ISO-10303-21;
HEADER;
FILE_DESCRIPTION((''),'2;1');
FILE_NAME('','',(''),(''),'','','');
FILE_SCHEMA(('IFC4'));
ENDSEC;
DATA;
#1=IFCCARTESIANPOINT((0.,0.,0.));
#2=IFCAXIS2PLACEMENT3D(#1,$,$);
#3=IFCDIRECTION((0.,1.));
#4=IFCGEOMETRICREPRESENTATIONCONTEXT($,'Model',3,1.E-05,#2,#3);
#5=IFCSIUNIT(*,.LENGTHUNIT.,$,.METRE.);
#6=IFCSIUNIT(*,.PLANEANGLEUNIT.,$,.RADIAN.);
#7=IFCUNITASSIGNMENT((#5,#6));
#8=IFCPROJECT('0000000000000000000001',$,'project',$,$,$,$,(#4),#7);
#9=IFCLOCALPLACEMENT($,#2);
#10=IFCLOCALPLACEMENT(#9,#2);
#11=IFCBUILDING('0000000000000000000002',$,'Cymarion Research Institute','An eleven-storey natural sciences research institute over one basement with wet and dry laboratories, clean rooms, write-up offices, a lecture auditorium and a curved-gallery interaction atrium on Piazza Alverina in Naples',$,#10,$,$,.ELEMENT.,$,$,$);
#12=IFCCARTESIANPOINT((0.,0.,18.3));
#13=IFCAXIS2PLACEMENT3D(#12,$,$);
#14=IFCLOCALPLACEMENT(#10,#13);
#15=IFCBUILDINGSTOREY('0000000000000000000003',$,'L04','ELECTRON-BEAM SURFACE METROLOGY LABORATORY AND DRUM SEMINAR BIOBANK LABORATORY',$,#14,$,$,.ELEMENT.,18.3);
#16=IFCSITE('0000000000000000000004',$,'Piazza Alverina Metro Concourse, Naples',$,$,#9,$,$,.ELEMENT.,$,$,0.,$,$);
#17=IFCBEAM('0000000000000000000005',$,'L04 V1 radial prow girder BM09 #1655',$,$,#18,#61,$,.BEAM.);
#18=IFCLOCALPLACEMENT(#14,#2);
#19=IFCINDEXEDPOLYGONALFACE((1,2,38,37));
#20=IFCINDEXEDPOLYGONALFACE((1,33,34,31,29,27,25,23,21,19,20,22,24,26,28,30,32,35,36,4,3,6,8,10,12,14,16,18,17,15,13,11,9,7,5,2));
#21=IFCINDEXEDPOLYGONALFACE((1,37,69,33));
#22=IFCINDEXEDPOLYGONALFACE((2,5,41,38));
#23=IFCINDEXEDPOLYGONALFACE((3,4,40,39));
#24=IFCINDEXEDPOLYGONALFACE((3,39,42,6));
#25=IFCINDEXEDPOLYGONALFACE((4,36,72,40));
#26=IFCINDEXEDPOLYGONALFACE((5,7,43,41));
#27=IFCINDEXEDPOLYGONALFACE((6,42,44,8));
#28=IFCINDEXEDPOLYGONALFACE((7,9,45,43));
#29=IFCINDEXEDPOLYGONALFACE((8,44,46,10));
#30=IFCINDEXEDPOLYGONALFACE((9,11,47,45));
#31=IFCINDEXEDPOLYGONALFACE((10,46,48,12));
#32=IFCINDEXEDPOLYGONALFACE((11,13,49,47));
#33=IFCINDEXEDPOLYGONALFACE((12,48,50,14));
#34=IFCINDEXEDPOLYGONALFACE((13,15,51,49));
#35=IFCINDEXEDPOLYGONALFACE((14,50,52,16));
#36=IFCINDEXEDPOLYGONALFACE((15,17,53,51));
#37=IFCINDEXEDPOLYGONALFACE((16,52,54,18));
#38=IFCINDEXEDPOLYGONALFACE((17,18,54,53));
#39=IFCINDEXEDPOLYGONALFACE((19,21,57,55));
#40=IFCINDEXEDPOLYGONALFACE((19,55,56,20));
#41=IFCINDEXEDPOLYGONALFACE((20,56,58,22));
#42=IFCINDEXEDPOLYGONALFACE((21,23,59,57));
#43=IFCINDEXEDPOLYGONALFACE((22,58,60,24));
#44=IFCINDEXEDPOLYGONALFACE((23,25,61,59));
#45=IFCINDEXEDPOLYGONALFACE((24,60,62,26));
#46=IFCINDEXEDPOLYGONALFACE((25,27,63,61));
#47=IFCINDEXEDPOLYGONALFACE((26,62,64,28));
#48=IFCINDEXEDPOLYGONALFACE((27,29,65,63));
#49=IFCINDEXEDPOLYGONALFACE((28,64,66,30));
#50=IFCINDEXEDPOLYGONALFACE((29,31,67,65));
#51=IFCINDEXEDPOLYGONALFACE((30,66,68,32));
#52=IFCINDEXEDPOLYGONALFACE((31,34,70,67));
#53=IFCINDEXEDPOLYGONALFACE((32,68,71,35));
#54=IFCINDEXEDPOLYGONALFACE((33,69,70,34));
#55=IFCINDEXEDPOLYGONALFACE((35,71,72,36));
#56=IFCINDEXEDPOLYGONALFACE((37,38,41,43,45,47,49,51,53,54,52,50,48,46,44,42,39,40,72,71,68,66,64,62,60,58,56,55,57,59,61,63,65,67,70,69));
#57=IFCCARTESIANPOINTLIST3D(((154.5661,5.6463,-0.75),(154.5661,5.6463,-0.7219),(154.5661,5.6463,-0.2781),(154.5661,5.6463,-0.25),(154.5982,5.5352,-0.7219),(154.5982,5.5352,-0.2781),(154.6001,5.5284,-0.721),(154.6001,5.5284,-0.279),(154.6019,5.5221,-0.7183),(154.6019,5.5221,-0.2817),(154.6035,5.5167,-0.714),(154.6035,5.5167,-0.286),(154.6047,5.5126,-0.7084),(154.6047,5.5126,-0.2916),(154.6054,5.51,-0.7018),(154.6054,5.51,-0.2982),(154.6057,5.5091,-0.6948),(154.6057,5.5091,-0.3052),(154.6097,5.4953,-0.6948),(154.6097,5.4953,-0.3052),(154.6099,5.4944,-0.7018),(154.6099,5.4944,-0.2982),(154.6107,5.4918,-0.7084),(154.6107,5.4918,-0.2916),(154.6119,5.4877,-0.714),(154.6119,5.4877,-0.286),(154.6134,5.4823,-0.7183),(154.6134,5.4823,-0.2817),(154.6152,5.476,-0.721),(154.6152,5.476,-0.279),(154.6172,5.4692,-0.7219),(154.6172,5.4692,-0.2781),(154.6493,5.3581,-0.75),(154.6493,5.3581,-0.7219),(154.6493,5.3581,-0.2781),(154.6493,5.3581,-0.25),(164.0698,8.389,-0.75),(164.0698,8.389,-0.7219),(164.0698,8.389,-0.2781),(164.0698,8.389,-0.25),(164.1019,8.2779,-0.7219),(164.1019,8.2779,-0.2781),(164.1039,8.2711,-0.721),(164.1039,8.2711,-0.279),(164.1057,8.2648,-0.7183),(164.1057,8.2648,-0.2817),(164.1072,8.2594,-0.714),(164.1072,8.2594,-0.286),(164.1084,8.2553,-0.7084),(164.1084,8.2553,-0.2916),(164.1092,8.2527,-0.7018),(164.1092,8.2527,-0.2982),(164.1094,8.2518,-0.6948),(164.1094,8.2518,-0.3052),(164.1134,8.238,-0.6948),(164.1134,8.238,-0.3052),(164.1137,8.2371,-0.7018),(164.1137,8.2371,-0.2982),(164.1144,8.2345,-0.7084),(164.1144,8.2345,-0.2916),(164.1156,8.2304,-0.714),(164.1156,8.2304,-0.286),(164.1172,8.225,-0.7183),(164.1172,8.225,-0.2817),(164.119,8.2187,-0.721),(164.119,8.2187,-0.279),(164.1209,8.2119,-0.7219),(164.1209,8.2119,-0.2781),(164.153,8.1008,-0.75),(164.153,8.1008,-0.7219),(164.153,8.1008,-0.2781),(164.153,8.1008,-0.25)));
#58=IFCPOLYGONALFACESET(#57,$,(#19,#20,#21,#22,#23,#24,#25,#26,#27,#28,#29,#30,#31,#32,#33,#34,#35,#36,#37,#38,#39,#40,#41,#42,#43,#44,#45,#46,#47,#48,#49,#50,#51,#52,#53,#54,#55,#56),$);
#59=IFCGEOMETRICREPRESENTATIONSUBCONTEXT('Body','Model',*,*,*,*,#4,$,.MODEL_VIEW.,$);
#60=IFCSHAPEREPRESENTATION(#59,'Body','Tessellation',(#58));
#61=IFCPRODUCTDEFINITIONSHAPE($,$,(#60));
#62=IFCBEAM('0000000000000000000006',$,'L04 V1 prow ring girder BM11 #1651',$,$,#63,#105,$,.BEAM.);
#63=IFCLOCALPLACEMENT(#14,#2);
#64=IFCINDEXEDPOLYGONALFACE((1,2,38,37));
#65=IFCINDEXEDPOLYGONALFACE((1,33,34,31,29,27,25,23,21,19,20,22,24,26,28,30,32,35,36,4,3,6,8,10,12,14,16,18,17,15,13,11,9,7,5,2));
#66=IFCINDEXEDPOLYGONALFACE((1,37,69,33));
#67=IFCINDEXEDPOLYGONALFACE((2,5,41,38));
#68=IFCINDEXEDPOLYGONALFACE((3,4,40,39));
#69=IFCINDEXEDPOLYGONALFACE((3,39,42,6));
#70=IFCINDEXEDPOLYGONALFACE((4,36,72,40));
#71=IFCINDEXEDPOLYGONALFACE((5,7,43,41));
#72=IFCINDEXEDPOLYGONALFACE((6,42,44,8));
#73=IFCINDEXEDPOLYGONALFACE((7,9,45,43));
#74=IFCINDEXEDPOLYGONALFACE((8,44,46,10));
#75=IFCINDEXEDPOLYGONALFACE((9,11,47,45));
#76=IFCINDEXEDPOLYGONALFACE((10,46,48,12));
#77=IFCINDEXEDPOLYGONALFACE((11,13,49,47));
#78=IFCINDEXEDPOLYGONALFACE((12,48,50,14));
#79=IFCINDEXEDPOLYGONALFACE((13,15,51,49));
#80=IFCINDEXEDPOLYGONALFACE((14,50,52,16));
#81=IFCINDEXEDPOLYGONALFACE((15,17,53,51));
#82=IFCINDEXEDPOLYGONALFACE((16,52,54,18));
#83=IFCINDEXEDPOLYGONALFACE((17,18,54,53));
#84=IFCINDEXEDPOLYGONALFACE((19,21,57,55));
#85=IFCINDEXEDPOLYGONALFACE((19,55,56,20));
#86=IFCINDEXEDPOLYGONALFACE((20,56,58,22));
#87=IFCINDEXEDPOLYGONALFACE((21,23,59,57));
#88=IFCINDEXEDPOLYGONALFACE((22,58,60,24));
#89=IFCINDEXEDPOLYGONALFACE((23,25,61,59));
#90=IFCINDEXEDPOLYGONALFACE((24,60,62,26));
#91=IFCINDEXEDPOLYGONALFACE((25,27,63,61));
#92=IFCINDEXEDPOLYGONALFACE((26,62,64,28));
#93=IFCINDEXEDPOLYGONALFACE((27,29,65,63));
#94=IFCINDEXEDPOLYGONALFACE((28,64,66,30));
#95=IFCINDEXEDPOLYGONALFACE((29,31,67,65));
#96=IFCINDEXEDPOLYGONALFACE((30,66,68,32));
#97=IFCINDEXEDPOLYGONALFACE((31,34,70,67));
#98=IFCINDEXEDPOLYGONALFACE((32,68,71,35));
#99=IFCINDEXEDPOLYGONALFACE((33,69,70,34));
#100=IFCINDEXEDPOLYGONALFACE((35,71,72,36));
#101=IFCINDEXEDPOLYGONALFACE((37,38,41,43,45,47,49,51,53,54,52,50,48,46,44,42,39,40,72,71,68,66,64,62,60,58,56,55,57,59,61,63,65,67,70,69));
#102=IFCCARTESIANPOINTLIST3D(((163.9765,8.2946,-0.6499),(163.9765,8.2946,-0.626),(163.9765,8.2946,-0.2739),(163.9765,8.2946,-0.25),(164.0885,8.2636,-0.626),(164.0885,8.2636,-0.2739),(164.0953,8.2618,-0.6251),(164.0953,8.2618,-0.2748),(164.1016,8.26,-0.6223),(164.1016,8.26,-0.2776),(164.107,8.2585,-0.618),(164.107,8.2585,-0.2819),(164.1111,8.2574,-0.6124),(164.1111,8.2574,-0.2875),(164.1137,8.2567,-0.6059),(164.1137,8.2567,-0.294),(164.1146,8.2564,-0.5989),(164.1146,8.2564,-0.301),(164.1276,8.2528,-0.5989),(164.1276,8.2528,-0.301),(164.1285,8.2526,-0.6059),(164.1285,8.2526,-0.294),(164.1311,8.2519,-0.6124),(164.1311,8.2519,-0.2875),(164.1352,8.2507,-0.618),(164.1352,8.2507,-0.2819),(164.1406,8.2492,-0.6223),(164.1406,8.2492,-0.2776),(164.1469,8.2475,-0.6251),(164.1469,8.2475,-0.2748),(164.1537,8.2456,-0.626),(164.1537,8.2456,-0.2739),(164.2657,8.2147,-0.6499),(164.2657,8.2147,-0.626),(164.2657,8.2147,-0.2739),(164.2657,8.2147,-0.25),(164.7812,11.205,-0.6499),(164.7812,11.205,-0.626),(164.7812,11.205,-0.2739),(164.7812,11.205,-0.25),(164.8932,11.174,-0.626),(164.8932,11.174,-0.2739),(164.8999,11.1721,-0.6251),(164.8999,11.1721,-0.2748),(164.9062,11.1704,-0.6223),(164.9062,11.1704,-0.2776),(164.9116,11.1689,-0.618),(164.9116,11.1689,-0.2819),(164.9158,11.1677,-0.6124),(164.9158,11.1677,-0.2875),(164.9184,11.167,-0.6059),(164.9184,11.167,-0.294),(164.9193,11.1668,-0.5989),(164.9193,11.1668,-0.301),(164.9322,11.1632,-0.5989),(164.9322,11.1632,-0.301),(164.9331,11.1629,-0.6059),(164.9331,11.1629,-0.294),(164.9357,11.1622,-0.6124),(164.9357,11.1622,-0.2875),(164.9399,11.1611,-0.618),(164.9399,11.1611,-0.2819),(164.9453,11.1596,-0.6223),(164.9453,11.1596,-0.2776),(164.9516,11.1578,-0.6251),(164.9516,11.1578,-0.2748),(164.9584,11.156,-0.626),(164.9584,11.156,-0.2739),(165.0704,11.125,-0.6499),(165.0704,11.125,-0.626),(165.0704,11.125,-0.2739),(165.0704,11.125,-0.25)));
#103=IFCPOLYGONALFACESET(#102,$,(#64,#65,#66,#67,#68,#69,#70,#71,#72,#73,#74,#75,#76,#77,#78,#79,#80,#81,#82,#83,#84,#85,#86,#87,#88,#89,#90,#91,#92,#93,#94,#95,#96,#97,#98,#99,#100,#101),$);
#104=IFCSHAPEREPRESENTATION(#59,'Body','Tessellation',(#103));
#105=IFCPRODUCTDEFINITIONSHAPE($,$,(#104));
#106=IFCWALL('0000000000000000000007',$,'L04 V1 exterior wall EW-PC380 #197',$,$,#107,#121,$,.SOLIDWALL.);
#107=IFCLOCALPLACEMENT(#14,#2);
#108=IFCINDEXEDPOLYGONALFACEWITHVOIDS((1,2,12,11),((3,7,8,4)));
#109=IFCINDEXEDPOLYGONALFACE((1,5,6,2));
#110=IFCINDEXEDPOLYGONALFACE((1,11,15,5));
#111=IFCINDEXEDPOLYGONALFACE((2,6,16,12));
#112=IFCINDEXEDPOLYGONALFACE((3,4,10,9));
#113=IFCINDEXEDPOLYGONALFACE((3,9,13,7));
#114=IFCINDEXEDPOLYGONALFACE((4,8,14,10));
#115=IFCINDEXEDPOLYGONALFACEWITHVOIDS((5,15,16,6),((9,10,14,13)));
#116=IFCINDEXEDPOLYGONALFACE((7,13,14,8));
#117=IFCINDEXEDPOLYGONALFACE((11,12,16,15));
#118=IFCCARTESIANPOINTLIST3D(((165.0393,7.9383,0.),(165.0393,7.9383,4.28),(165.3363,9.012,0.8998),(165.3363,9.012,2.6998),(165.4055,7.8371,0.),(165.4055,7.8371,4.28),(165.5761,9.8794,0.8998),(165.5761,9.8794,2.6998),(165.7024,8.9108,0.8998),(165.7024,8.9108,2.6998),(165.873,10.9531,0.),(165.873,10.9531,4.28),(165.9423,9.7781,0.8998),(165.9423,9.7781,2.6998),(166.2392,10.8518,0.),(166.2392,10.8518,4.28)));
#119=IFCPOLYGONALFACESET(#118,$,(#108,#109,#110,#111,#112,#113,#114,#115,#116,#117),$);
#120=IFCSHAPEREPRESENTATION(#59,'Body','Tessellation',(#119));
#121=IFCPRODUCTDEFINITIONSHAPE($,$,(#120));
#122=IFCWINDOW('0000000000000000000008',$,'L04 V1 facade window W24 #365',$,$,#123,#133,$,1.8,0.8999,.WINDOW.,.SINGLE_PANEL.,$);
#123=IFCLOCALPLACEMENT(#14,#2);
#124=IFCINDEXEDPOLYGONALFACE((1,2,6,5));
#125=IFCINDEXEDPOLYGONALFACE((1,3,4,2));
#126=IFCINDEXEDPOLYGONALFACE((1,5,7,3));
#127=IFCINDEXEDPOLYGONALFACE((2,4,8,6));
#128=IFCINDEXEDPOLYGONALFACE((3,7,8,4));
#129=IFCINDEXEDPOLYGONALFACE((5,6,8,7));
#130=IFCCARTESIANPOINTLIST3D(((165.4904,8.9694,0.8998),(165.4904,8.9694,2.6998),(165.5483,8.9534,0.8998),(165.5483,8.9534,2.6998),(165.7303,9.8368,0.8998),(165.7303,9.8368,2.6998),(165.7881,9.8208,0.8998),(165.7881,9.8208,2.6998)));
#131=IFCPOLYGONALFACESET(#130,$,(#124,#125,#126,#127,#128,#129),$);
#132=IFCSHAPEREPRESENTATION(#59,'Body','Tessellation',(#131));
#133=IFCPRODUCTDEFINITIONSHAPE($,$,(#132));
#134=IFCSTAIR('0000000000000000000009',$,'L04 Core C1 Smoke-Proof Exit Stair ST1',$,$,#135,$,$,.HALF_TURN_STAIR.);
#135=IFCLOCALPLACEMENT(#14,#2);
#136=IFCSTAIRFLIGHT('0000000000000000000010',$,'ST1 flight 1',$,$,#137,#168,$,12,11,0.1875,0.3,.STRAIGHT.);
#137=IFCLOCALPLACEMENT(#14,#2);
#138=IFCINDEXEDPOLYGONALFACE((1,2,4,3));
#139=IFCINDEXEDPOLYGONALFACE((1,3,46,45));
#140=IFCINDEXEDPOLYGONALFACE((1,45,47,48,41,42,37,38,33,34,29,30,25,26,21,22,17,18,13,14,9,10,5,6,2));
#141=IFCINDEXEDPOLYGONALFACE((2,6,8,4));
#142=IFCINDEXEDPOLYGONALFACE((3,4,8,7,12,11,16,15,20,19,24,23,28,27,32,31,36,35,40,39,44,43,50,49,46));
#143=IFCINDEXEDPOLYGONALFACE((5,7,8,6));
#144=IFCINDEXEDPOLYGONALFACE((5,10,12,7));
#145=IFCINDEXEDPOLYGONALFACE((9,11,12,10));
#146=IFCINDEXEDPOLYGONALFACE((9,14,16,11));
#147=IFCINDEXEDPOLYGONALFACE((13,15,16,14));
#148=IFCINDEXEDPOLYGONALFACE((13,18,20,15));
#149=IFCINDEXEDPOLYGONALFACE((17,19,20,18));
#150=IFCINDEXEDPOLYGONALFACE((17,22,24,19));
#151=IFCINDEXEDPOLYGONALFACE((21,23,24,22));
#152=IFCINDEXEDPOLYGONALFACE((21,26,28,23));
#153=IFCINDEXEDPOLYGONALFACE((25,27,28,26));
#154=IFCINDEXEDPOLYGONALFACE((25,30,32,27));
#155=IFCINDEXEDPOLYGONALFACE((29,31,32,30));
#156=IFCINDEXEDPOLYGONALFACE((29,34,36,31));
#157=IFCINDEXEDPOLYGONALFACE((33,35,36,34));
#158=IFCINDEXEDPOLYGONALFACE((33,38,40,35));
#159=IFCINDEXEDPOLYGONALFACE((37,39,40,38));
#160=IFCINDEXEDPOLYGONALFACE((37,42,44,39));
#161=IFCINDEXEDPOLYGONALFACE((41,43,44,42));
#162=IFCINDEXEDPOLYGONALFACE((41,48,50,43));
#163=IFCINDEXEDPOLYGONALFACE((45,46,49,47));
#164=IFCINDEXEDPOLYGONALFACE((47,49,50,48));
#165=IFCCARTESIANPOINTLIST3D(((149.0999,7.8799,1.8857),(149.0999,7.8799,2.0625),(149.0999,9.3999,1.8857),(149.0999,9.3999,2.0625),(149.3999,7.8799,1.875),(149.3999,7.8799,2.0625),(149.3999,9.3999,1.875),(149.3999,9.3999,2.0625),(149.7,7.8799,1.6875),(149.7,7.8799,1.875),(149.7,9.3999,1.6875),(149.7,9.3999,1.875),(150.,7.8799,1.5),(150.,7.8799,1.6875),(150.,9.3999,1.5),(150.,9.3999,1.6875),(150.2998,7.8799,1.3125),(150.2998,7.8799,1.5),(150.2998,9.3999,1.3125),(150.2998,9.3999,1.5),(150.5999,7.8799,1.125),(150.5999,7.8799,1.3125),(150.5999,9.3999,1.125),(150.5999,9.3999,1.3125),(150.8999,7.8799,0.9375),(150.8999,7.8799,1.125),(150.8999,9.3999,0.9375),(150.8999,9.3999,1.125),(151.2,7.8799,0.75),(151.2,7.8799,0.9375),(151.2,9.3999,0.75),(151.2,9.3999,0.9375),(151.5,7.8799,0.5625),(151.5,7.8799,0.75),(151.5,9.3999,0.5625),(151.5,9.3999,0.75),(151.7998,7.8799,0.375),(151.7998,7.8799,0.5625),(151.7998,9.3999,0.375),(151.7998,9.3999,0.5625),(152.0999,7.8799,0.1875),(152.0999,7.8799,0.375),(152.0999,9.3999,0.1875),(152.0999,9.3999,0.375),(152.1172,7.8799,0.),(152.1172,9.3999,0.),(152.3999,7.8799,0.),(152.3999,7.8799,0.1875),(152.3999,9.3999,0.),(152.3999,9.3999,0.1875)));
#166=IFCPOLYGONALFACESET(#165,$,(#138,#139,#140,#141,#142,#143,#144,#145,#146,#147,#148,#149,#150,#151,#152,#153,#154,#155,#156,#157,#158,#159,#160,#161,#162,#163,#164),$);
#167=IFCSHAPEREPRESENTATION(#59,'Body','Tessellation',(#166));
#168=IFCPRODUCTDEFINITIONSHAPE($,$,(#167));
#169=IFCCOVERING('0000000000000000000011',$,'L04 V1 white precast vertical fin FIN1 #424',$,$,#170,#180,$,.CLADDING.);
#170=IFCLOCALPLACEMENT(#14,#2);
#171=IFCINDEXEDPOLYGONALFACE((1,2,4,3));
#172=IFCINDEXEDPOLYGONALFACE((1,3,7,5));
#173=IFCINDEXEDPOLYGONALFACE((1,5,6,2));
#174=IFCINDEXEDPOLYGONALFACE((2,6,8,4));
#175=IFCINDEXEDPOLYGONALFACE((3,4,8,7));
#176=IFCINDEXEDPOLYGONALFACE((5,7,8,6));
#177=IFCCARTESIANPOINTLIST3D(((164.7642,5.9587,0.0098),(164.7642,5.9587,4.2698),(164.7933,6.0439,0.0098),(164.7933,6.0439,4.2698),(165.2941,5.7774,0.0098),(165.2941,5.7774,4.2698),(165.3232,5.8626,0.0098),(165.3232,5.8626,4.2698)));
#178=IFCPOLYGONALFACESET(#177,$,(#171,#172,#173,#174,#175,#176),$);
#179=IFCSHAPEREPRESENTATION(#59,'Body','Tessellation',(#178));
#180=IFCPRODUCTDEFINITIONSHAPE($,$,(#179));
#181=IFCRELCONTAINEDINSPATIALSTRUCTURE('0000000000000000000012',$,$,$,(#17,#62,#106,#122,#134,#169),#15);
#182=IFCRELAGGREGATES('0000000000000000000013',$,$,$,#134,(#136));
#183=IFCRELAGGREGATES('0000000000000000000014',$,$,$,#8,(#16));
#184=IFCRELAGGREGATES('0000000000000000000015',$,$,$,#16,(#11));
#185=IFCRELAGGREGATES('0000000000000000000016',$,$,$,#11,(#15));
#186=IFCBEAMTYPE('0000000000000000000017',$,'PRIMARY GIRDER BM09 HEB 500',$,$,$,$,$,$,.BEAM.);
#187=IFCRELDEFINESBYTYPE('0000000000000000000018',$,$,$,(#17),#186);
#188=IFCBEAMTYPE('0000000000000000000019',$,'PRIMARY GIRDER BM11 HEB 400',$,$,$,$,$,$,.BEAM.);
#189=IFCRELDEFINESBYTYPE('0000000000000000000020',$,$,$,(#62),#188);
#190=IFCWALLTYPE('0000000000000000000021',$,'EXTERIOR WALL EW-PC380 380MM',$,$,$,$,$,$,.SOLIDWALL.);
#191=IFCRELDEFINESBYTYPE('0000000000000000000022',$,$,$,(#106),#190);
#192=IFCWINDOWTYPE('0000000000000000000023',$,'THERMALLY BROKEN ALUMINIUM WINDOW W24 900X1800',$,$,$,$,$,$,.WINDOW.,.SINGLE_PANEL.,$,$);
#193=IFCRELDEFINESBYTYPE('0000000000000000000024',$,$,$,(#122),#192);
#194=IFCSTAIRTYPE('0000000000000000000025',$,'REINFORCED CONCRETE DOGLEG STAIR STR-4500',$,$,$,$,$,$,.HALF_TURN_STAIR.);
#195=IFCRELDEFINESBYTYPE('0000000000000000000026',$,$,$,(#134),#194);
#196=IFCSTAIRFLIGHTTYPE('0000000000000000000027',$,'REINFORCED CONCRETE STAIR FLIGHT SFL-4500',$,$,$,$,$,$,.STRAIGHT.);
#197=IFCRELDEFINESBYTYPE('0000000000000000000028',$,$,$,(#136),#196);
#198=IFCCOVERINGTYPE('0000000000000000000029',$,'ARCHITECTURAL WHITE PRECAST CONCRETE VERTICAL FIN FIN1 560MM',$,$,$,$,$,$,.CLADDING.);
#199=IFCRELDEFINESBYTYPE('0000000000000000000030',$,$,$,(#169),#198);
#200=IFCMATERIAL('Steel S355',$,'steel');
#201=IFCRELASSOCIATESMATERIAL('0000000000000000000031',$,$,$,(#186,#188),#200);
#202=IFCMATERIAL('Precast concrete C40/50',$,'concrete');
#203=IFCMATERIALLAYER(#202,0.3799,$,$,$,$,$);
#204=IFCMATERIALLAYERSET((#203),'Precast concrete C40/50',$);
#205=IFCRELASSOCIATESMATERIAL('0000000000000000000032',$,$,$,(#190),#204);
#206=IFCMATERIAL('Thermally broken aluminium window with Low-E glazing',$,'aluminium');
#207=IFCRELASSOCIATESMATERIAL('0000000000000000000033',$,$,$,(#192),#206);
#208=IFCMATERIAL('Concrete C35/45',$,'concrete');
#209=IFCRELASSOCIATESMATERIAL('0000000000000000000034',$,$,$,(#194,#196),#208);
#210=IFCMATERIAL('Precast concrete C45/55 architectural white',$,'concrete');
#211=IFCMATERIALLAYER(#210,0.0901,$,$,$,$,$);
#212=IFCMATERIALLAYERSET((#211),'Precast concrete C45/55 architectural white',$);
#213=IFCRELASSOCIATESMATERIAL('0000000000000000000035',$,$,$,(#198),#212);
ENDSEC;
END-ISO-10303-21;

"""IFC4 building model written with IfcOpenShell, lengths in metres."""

from ifc_helpers import new_model, si_unit, direction, frame, frame_2d, origin, origin_2d, place, context, subcontext, project, spatial, polyline, rectangle, i_section, outline, extrude, material, layer, layer_set, material_profile, profile_set, type_object, element, fill, aggregate, save


model = new_model("IFC4")

# Units and contexts
model_context = context("Model", 3, precision=1e-05, world=origin(), true_north=direction((0.0, 1.0)))
body_context = subcontext(model_context, "Body", "Model", "MODEL_VIEW")
ifc_project = project(units=[si_unit("LENGTHUNIT", "METRE"), si_unit("PLANEANGLEUNIT", "RADIAN")], contexts=[model_context])

# Site, building, storey
site_placement = place(None, origin())
site = spatial("IfcSite", under=ifc_project, at=site_placement, Name="Piazza Alverina Metro Concourse, Naples", CompositionType="ELEMENT", RefElevation=0.0)
building_placement = place(site_placement, origin())
building = spatial("IfcBuilding", under=site, at=building_placement, Name="Cymarion Research Institute", Description="An eleven-storey natural sciences research institute over one basement with wet and dry laboratories, clean rooms, write-up offices, a lecture auditorium and a curved-gallery interaction atrium on Piazza Alverina in Naples", CompositionType="ELEMENT")
storey_placement = place(building_placement, frame((0.0, 0.0, 18.3)))
storey = spatial("IfcBuildingStorey", under=building, at=storey_placement, Name="L04", Description="ELECTRON-BEAM SURFACE METROLOGY LABORATORY AND DRUM SEMINAR BIOBANK LABORATORY", CompositionType="ELEMENT", Elevation=18.3)

# Shared definitions
ifc_material_1 = material(Name="Steel S355", Category="steel")

# Beams
ifc_material_profile_1 = material_profile(ifc_material_1, i_section(OverallWidth=0.3, OverallDepth=0.5, WebThickness=0.0144, FlangeThickness=0.0281, FilletRadius=0.0271, at=origin_2d()), Name="HEB 500")
ifc_profile_set_1 = profile_set([ifc_material_profile_1], Name="Steel S355")
beam_type_1 = type_object("IfcBeamType", Name="PRIMARY GIRDER BM09 HEB 500", PredefinedType="BEAM", material=ifc_profile_set_1)
beam_1_placement = place(storey_placement, frame((154.6077, 5.5022, -0.5), z_axis=(0.96079, 0.277276, 0.0), x_axis=(-0.277276, 0.96079, 0.0)))
element("IfcBeam", 1, at=beam_1_placement, inside=storey, type_object=beam_type_1, Name="L04 V1 radial prow girder BM09 #1655", PredefinedType="BEAM", context=body_context, shape_type="SweptSolid", body=[
    extrude(i_section(OverallWidth=0.3, OverallDepth=0.5, WebThickness=0.0144, FlangeThickness=0.0281, FilletRadius=0.0271, at=origin_2d()), origin(), (0.0, 0.0, 1.0), 9.8916),
])
ifc_material_profile_2 = material_profile(ifc_material_1, i_section(OverallWidth=0.3, OverallDepth=0.3999, WebThickness=0.0134, FlangeThickness=0.0239, FilletRadius=0.0271, at=origin_2d()), Name="HEB 400")
ifc_profile_set_2 = profile_set([ifc_material_profile_2], Name="Steel S355")
beam_type_2 = type_object("IfcBeamType", Name="PRIMARY GIRDER BM11 HEB 400", PredefinedType="BEAM", material=ifc_profile_set_2)
beam_2_placement = place(storey_placement, frame((164.1211, 8.2546, -0.45), z_axis=(0.266489, 0.963838, 0.0), x_axis=(-0.963838, 0.266489, 0.0)))
element("IfcBeam", 2, at=beam_2_placement, inside=storey, type_object=beam_type_2, Name="L04 V1 prow ring girder BM11 #1651", PredefinedType="BEAM", context=body_context, shape_type="SweptSolid", body=[
    extrude(i_section(OverallWidth=0.3, OverallDepth=0.3999, WebThickness=0.0134, FlangeThickness=0.0239, FilletRadius=0.0271, at=origin_2d()), origin(), (0.0, 0.0, 1.0), 3.0195),
])

# Wall, opening, window
ifc_material_2 = material(Name="Precast concrete C40/50", Category="concrete")
ifc_layer_1 = layer(ifc_material_2, 0.3799)
ifc_layer_set_1 = layer_set([ifc_layer_1], Name="Precast concrete C40/50")
wall_type_1 = type_object("IfcWallType", Name="EXTERIOR WALL EW-PC380 380MM", PredefinedType="SOLIDWALL", material=ifc_layer_set_1)
wall_1_placement = place(storey_placement, frame((165.2224, 7.8877, 0.0), z_axis=(0.0, 0.0, 1.0), x_axis=(0.266537, 0.963825, 0.0)))
wall_1 = element("IfcWall", 3, at=wall_1_placement, inside=storey, type_object=wall_type_1, Name="L04 V1 exterior wall EW-PC380 #197", PredefinedType="SOLIDWALL", context=body_context, shape_type="SweptSolid", body=[
    extrude(rectangle(XDim=3.1279, YDim=0.3799, at=frame_2d((1.564, 0.0))), origin(), (0.0, 0.0, 1.0), 4.28),
])
opening_1_placement = place(wall_1_placement, frame((1.114, 0.0, 0.8999)))
opening_1 = element("IfcOpeningElement", 4, at=opening_1_placement, cuts=wall_1, PredefinedType="OPENING", context=body_context, shape_type="SweptSolid", body=[
    extrude(rectangle(XDim=0.8999, YDim=1.8, at=frame_2d((0.45, 0.8999))), frame((0.0, 0.2, 0.0), z_axis=(0.0, -1.0, 0.0), x_axis=(1.0, 0.0, 0.0)), (0.0, 0.0, 1.0), 0.3999),
])
ifc_material_3 = material(Name="Thermally broken aluminium window with Low-E glazing", Category="aluminium")
window_type = type_object("IfcWindowType", Name="THERMALLY BROKEN ALUMINIUM WINDOW W24 900X1800", PartitioningType="SINGLE_PANEL", PredefinedType="WINDOW", material=ifc_material_3)
window_placement = place(opening_1_placement, origin())
window = element("IfcWindow", 5, at=window_placement, inside=storey, type_object=window_type, Name="L04 V1 facade window W24 #365", OverallHeight=1.8, OverallWidth=0.8999, PartitioningType="SINGLE_PANEL", PredefinedType="WINDOW", context=body_context, shape_type="SweptSolid", body=[
    extrude(rectangle(XDim=0.8999, YDim=1.8, at=frame_2d((0.45, 0.8999))), frame((0.0, 0.03, 0.0), z_axis=(0.0, -1.0, 0.0), x_axis=(1.0, 0.0, 0.0)), (0.0, 0.0, 1.0), 0.0601),
])
fill(opening_1, window)

# Stair, stair flight
ifc_material_4 = material(Name="Concrete C35/45", Category="concrete")
stair_type = type_object("IfcStairType", Name="REINFORCED CONCRETE DOGLEG STAIR STR-4500", PredefinedType="HALF_TURN_STAIR", material=ifc_material_4)
stair_placement = place(storey_placement, origin())
stair = element("IfcStair", 6, at=stair_placement, inside=storey, type_object=stair_type, Name="L04 Core C1 Smoke-Proof Exit Stair ST1", PredefinedType="HALF_TURN_STAIR")
stair_flight_type = type_object("IfcStairFlightType", Name="REINFORCED CONCRETE STAIR FLIGHT SFL-4500", PredefinedType="STRAIGHT", material=ifc_material_4)
stair_flight_placement = place(storey_placement, frame((152.3999, 8.6399, 0.0), z_axis=(0.0, 0.0, 1.0), x_axis=(-1.0, 0.0, 0.0)))
stair_flight = element("IfcStairFlight", 7, at=stair_flight_placement, type_object=stair_flight_type, Name="ST1 flight 1", NumberOfRisers=12, NumberOfTreads=11, PredefinedType="STRAIGHT", RiserHeight=0.1875, TreadLength=0.3, context=body_context, shape_type="SweptSolid", body=[
    extrude(outline(polyline([(0.0, 0.0), (0.0, 0.1875), (0.3, 0.1875), (0.3, 0.375), (0.6001, 0.375), (0.6001, 0.5625), (0.8999, 0.5625), (0.8999, 0.75), (1.2, 0.75), (1.2, 0.9375), (1.5, 0.9375), (1.5, 1.125), (1.8, 1.125), (1.8, 1.3125), (2.1001, 1.3125), (2.1001, 1.5), (2.3999, 1.5), (2.3999, 1.6875), (2.7, 1.6875), (2.7, 1.875), (3.0, 1.875), (3.0, 2.0625), (3.3, 2.0625), (3.3, 2.25), (3.3, 1.8857), (0.2827, 0.0), (0.0, 0.0)])), frame((0.0, 0.76, 0.0), z_axis=(0.0, -1.0, 0.0), x_axis=(1.0, 0.0, 0.0)), (0.0, 0.0, 1.0), 1.52),
])
aggregate(stair, [stair_flight])

# Covering
ifc_material_5 = material(Name="Precast concrete C45/55 architectural white", Category="concrete")
ifc_layer_2 = layer(ifc_material_5, 0.0901)
ifc_layer_set_2 = layer_set([ifc_layer_2], Name="Precast concrete C45/55 architectural white")
covering_type = type_object("IfcCoveringType", Name="ARCHITECTURAL WHITE PRECAST CONCRETE VERTICAL FIN FIN1 560MM", PredefinedType="CLADDING", material=ifc_layer_set_2)
for number, where, z_axis, x_axis, name in (
    (8, (165.0437, 5.9106, 0.0098), (0.0, 0.0, 1.0), (0.946142, -0.323752, 0.0), "L04 V1 white precast vertical fin FIN1 #424"),
):
    element("IfcCovering", number, at=place(storey_placement, frame(where, z_axis=z_axis, x_axis=x_axis)), inside=storey, type_object=covering_type, Name=name, PredefinedType="CLADDING", context=body_context, shape_type="SweptSolid", body=[
        extrude(rectangle(XDim=0.5601, YDim=0.0901, at=origin_2d()), origin(), (0.0, 0.0, 1.0), 4.26),
    ])

save(model, "model.ifc")
